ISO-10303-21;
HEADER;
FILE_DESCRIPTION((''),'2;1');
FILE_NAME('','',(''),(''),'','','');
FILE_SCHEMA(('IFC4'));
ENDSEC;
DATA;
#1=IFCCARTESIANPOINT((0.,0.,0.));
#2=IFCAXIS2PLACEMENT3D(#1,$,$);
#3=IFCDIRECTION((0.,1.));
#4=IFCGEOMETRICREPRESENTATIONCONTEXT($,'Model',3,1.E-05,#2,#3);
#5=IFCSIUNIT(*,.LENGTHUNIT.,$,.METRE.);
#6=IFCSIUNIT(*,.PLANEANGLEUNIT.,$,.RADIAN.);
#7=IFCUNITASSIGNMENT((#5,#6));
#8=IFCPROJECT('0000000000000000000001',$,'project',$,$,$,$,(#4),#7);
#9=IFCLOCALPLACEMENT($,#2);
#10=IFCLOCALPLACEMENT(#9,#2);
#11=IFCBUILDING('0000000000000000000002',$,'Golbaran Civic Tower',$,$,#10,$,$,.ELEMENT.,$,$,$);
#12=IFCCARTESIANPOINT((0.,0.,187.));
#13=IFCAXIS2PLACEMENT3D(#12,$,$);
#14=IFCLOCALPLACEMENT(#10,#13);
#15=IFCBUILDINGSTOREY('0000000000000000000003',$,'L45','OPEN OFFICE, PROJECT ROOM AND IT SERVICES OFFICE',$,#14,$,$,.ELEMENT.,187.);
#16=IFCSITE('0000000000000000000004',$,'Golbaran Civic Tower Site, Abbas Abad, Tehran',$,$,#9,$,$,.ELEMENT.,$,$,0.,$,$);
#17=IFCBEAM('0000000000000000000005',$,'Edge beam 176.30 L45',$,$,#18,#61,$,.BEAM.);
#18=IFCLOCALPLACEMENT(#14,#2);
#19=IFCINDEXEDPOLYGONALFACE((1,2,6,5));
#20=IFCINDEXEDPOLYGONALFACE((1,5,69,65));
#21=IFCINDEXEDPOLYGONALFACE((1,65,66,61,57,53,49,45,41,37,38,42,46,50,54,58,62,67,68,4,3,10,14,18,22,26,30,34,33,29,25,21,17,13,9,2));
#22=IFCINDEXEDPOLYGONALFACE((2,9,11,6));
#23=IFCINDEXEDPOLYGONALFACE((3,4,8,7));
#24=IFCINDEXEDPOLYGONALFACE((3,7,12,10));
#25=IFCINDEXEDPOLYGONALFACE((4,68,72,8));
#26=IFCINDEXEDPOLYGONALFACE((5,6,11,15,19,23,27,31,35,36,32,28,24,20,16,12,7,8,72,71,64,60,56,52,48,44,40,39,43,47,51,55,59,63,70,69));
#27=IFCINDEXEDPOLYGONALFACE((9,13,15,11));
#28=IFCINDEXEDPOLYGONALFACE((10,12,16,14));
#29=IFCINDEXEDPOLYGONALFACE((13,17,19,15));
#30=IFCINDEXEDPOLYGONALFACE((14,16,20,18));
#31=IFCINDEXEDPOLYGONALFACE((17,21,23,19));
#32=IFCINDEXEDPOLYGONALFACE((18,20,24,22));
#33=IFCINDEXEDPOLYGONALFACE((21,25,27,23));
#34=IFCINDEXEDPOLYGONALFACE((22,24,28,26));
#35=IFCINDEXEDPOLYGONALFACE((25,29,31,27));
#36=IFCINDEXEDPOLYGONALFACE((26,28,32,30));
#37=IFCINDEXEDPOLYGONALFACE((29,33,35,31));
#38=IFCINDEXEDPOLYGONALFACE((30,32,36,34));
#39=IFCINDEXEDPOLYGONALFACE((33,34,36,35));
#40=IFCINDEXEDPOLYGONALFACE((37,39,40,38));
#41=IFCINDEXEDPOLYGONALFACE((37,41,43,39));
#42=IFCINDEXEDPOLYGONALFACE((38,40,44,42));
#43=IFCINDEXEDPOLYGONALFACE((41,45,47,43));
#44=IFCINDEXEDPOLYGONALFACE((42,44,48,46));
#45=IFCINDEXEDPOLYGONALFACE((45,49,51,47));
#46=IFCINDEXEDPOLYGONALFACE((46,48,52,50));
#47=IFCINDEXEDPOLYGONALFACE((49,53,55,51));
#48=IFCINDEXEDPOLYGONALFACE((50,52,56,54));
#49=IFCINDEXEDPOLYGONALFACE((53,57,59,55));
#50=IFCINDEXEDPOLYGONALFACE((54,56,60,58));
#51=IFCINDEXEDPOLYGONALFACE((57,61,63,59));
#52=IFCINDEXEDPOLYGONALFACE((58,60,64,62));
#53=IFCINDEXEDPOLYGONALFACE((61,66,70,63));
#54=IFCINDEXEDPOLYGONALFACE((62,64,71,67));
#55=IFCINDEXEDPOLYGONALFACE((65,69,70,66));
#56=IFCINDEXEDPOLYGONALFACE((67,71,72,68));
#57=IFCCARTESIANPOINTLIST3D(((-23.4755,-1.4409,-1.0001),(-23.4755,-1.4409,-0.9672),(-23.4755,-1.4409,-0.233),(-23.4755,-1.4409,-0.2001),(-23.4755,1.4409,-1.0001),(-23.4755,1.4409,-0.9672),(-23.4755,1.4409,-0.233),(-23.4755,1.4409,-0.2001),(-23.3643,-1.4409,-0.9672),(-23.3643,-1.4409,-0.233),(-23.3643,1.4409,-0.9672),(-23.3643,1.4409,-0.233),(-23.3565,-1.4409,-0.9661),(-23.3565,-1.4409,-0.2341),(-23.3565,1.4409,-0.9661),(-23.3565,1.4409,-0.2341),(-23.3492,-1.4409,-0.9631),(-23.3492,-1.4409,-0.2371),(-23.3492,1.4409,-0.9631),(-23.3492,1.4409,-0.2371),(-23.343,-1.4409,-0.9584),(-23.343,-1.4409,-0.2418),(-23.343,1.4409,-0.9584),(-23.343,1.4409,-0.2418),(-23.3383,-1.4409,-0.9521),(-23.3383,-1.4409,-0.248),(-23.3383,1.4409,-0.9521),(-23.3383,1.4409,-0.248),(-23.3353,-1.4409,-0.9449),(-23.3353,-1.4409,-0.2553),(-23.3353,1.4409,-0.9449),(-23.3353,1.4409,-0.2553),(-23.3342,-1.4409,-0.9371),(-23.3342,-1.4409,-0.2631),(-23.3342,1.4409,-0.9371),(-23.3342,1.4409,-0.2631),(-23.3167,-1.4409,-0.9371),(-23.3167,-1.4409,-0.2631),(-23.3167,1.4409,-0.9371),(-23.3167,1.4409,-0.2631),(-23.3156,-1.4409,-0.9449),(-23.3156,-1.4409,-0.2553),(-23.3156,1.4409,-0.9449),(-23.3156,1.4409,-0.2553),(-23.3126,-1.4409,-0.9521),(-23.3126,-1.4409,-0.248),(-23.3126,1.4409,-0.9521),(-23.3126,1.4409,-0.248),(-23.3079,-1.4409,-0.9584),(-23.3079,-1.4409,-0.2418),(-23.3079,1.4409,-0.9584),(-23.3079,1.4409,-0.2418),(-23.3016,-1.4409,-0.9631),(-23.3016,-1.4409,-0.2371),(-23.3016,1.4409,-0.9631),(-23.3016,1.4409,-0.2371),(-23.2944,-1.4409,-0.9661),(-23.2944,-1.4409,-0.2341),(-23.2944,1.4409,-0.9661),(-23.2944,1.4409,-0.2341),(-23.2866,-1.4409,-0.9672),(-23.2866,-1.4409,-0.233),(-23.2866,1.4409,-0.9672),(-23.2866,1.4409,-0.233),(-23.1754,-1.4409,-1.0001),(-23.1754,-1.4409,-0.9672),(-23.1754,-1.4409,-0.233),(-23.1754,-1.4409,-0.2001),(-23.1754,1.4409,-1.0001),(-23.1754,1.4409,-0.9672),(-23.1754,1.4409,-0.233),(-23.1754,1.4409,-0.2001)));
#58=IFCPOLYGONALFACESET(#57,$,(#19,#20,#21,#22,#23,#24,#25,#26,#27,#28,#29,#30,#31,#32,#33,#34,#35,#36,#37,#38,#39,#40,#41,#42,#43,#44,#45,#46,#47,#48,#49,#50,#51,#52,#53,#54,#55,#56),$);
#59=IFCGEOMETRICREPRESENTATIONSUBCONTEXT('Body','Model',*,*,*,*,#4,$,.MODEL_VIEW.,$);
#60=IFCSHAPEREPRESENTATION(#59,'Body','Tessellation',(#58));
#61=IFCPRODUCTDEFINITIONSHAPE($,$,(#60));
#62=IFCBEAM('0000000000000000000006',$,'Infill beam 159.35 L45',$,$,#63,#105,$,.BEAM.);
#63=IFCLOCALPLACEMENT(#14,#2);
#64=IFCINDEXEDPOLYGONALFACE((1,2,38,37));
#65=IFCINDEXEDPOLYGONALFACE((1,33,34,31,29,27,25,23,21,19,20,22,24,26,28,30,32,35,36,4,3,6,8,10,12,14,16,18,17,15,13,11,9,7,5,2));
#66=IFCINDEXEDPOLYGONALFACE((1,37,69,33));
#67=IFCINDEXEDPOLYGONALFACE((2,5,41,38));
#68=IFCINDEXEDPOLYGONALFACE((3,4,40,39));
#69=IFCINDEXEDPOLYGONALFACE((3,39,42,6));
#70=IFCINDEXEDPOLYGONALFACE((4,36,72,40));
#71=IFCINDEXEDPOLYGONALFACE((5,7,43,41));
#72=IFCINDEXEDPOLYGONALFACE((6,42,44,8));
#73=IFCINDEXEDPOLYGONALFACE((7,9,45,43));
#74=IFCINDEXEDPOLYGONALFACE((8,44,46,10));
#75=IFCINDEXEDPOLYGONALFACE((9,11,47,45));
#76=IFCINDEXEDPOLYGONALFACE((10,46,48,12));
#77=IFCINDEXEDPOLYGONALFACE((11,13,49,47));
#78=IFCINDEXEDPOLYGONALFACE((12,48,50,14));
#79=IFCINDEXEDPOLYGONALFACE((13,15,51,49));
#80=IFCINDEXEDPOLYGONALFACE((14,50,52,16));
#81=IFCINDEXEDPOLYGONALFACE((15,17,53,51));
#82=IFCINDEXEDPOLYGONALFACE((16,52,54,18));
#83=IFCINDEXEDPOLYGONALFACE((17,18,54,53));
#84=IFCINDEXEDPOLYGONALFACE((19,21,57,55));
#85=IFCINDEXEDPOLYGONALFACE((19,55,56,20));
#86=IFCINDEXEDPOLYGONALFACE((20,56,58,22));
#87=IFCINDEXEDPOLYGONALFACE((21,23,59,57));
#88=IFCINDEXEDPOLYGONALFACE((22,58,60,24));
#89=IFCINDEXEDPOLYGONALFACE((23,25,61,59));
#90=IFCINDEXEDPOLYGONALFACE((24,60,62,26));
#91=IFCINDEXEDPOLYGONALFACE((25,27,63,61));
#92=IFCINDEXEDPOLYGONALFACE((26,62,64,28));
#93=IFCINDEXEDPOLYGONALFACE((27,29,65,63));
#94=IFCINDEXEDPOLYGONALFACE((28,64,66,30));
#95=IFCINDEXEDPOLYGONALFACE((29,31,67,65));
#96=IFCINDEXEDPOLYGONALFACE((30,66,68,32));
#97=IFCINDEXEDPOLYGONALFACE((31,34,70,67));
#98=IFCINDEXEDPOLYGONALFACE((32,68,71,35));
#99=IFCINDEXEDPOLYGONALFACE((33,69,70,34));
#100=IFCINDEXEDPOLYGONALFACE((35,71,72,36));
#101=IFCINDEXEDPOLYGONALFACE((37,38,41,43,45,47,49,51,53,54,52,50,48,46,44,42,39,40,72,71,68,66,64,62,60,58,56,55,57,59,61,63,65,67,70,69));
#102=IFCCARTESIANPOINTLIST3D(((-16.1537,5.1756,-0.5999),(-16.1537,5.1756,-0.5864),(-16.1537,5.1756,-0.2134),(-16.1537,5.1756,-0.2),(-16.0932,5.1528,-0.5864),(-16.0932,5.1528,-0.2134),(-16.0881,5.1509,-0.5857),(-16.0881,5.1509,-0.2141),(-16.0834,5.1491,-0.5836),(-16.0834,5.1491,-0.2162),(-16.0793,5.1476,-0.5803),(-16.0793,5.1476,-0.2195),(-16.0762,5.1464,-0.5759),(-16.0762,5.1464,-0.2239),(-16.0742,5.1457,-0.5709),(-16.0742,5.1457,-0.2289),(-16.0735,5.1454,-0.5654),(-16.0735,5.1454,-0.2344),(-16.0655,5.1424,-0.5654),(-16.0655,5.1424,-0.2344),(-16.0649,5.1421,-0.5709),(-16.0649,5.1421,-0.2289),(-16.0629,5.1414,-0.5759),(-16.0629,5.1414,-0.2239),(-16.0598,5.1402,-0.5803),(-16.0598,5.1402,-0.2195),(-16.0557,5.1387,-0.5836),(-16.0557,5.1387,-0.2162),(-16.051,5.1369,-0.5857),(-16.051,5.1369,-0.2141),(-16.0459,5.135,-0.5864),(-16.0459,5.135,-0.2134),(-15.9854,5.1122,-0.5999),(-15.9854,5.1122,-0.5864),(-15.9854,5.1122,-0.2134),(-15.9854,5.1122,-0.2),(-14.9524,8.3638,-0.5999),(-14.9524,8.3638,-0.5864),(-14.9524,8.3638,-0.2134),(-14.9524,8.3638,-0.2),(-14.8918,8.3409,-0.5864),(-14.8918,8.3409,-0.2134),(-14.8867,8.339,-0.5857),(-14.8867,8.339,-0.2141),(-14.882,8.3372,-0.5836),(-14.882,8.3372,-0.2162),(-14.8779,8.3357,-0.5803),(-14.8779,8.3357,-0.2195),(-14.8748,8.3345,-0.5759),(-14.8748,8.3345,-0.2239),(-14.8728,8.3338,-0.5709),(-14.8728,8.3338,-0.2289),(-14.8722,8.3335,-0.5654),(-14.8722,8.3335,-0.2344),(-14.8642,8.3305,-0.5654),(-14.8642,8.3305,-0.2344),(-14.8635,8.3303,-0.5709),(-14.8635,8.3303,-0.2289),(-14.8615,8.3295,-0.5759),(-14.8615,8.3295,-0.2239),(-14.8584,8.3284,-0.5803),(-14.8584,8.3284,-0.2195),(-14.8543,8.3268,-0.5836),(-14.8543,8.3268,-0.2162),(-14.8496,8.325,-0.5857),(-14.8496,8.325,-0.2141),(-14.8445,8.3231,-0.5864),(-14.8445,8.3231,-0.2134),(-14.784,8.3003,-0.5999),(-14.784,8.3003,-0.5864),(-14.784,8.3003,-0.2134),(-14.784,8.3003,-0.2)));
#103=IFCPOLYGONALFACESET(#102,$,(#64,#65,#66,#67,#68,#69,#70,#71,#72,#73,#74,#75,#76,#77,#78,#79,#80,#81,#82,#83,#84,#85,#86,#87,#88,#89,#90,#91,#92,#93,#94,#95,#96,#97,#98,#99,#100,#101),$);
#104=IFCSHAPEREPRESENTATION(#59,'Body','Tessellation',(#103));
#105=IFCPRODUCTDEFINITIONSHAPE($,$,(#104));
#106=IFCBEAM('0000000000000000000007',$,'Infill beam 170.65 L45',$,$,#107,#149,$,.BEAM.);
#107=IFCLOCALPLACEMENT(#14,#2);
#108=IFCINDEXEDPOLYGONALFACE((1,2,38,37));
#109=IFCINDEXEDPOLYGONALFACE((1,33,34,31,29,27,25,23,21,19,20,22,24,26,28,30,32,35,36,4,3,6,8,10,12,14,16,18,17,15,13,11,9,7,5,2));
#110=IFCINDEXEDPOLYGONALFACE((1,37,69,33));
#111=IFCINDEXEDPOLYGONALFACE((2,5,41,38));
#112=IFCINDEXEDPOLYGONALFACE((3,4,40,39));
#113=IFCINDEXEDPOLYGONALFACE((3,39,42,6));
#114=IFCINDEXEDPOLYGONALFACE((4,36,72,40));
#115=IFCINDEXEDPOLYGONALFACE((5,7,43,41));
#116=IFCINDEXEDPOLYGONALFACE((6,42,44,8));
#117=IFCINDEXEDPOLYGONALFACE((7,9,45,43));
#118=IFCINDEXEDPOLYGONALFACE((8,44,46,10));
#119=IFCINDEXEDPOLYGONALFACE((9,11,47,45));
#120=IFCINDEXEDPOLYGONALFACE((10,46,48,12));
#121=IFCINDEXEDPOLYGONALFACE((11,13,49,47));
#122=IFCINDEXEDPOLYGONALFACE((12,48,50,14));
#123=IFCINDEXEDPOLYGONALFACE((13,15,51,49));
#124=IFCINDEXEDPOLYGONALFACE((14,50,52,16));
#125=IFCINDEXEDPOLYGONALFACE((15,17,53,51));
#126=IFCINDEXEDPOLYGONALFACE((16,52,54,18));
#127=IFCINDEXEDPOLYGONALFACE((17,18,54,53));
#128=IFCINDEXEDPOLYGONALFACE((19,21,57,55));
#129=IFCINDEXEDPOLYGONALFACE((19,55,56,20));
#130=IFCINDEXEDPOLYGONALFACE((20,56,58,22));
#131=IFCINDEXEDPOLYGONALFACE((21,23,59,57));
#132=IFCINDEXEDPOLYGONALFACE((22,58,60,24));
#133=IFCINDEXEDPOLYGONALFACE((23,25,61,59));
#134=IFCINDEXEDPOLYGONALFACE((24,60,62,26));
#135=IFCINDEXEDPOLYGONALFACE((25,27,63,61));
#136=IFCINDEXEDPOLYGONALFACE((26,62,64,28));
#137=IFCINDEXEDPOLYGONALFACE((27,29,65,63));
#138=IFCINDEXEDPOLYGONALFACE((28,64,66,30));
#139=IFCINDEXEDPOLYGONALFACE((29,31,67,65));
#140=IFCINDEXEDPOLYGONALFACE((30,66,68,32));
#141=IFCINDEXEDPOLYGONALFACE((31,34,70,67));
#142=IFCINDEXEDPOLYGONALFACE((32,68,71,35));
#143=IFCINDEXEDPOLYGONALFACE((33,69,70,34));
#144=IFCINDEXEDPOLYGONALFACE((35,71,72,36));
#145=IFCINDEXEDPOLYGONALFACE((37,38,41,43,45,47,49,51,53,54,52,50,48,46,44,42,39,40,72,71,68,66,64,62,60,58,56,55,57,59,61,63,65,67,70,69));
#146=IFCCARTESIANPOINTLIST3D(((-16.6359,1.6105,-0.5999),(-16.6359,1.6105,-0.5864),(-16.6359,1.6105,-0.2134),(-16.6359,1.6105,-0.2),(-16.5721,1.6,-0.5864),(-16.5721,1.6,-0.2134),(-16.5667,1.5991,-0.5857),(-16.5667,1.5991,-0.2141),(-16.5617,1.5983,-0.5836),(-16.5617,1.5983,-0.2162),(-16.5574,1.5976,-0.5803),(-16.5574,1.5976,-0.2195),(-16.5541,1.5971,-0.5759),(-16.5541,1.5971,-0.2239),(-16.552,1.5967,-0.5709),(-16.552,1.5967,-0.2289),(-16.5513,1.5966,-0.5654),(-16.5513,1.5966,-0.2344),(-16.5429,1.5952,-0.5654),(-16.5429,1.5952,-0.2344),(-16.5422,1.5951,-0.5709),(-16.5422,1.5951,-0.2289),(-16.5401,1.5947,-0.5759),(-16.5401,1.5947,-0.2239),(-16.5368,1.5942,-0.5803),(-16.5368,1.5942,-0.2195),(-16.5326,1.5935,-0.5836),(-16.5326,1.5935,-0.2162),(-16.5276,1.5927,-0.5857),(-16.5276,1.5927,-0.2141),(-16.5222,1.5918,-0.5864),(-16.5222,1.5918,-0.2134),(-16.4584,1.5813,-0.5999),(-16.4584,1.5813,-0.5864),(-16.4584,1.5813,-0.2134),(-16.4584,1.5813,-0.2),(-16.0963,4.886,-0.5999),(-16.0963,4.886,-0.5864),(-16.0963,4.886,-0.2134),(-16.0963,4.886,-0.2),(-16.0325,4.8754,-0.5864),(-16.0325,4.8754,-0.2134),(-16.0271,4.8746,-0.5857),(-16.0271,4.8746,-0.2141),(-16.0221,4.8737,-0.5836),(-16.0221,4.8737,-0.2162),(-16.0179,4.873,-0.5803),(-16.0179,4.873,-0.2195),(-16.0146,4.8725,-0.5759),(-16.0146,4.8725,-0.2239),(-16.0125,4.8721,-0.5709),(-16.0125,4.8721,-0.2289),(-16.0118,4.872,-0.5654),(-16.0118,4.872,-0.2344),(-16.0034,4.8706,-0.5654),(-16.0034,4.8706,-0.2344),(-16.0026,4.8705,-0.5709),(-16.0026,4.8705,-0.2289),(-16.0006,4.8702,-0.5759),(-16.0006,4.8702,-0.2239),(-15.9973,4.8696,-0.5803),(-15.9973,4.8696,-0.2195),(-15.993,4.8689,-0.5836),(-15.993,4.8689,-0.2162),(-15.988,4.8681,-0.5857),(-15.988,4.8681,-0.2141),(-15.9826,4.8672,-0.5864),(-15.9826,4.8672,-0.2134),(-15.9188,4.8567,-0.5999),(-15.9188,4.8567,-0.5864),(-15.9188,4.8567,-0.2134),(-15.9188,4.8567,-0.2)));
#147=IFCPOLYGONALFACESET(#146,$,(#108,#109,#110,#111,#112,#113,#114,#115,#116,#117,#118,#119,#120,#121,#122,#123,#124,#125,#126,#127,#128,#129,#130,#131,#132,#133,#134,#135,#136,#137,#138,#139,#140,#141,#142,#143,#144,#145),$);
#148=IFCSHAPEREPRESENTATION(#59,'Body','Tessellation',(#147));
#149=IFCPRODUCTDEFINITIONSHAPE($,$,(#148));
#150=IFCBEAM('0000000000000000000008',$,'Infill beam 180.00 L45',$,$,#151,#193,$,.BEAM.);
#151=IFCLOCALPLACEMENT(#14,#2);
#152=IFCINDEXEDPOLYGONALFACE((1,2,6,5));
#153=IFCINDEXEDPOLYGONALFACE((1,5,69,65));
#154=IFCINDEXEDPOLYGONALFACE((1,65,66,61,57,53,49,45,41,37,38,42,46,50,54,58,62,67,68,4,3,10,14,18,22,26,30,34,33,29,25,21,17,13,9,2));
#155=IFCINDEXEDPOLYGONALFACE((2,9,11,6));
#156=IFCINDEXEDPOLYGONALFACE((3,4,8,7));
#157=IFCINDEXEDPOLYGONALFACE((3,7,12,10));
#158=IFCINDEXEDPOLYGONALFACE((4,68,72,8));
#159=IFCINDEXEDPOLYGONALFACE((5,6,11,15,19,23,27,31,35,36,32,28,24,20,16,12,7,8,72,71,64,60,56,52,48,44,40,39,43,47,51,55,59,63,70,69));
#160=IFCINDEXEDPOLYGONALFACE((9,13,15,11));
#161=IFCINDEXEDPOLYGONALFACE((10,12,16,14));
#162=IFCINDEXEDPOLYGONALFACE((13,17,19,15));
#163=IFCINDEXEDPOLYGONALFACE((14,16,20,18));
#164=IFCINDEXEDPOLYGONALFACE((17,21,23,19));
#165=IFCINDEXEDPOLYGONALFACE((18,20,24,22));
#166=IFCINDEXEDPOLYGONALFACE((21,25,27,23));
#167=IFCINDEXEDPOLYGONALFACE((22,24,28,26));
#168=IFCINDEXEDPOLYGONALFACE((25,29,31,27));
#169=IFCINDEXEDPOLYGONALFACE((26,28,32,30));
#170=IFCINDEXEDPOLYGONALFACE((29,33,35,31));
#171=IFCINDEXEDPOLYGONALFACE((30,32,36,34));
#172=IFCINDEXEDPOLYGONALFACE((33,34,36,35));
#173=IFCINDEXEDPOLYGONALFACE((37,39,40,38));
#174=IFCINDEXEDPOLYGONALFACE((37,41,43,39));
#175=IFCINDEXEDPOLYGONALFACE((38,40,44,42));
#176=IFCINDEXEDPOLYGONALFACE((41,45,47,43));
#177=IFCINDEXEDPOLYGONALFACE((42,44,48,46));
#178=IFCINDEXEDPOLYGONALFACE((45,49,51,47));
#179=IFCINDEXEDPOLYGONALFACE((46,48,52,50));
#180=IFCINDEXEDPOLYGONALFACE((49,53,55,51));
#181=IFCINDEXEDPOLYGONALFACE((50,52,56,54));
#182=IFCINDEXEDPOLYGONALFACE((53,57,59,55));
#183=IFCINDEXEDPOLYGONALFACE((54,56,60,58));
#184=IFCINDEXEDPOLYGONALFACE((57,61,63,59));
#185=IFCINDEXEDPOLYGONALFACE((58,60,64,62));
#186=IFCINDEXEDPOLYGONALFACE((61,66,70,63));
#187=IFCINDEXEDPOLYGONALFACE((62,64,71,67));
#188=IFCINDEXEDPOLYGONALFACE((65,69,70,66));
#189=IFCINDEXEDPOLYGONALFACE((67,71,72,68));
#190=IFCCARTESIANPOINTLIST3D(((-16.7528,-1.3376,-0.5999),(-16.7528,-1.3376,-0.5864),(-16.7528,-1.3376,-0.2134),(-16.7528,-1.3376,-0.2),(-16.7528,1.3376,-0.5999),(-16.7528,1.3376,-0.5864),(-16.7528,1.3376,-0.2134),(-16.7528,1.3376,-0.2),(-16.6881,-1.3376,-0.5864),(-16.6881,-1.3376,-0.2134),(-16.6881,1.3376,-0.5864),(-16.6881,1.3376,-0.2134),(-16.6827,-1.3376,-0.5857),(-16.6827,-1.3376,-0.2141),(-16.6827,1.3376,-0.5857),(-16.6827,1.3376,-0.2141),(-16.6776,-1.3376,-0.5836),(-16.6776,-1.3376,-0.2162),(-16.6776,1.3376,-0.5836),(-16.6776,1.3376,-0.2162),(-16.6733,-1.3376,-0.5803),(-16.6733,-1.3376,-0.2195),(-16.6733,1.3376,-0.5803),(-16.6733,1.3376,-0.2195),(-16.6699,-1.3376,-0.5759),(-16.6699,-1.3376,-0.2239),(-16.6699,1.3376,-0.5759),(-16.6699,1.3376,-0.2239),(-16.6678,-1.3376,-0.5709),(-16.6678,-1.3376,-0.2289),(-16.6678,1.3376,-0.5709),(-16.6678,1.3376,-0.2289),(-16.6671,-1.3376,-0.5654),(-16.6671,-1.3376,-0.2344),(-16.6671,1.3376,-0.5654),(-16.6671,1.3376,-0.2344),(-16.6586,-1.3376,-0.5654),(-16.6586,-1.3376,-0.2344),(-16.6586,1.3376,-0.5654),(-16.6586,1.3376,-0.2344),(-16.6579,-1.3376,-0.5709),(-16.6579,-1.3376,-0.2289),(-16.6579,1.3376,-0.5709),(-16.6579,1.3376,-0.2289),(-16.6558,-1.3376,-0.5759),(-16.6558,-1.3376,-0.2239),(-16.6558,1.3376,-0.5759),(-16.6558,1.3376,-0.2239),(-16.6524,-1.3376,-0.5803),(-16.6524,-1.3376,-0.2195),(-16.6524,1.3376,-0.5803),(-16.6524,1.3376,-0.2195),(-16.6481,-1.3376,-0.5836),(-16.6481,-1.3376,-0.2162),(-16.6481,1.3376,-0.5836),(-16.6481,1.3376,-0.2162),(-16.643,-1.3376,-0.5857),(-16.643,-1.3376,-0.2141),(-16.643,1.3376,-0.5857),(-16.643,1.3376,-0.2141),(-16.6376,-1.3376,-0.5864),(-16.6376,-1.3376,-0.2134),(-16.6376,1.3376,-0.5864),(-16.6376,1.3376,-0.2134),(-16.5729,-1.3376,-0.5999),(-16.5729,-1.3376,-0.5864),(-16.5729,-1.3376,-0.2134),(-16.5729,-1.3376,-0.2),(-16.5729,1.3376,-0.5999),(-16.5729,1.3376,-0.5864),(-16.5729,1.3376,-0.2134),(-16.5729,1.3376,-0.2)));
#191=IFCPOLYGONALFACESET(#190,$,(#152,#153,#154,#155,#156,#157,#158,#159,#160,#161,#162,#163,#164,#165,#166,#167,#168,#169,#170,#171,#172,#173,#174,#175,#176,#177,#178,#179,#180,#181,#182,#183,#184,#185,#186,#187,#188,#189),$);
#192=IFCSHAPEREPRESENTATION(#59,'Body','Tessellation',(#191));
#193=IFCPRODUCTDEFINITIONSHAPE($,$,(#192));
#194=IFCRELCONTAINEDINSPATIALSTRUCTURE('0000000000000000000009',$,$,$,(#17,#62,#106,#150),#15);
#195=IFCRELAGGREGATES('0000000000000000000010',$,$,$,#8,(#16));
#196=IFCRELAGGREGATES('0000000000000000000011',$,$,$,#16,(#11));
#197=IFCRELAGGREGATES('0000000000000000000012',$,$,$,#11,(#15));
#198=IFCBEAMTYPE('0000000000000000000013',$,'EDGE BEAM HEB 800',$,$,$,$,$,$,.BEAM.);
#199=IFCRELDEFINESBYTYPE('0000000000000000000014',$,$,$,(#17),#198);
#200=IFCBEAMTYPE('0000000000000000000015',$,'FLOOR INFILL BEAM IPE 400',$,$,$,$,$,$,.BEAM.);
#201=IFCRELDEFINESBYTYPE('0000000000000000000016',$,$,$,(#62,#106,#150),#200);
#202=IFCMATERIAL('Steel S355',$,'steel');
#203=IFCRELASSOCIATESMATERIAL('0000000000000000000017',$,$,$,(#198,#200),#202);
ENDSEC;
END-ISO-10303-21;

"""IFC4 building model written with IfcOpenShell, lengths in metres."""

from ifc_helpers import new_model, si_unit, direction, frame, origin, origin_2d, place, context, subcontext, project, spatial, i_section, extrude, material, material_profile, profile_set, type_object, element, save


model = new_model("IFC4")

# Units and contexts
model_context = context("Model", 3, precision=1e-05, world=origin(), true_north=direction((0.0, 1.0)))
body_context = subcontext(model_context, "Body", "Model", "MODEL_VIEW")
ifc_project = project(units=[si_unit("LENGTHUNIT", "METRE"), si_unit("PLANEANGLEUNIT", "RADIAN")], contexts=[model_context])

# Site, building, storey
site_placement = place(None, origin())
site = spatial("IfcSite", under=ifc_project, at=site_placement, Name="Golbaran Civic Tower Site, Abbas Abad, Tehran", CompositionType="ELEMENT", RefElevation=0.0)
building_placement = place(site_placement, origin())
building = spatial("IfcBuilding", under=site, at=building_placement, Name="Golbaran Civic Tower", CompositionType="ELEMENT")
storey_placement = place(building_placement, frame((0.0, 0.0, 187.0)))
storey = spatial("IfcBuildingStorey", under=building, at=storey_placement, Name="L45", Description="OPEN OFFICE, PROJECT ROOM AND IT SERVICES OFFICE", CompositionType="ELEMENT", Elevation=187.0)

# Beams
ifc_material_1 = material(Name="Steel S355", Category="steel")
ifc_material_profile_1 = material_profile(ifc_material_1, i_section(OverallWidth=0.3, OverallDepth=0.8, WebThickness=0.0176, FlangeThickness=0.033, FilletRadius=0.03, at=origin_2d()), Name="HEB 800")
ifc_profile_set_1 = profile_set([ifc_material_profile_1], Name="Steel S355")
beam_type_1 = type_object("IfcBeamType", Name="EDGE BEAM HEB 800", PredefinedType="BEAM", material=ifc_profile_set_1)
beam_1_placement = place(storey_placement, frame((-23.3254, 1.4409, -0.6001), z_axis=(0.0, -1.0, 0.0), x_axis=(1.0, 0.0, 0.0)))
element("IfcBeam", 1, at=beam_1_placement, inside=storey, type_object=beam_type_1, Name="Edge beam 176.30 L45", PredefinedType="BEAM", context=body_context, shape_type="SweptSolid", body=[
    extrude(i_section(OverallWidth=0.3, OverallDepth=0.8, WebThickness=0.0176, FlangeThickness=0.033, FilletRadius=0.03, at=origin_2d()), origin(), (0.0, 0.0, 1.0), 2.8818),
])
ifc_material_profile_2 = material_profile(ifc_material_1, i_section(OverallWidth=0.1799, OverallDepth=0.3999, WebThickness=0.0085, FlangeThickness=0.0134, FilletRadius=0.021, at=origin_2d()), Name="IPE 400")
ifc_profile_set_2 = profile_set([ifc_material_profile_2], Name="Steel S355")
beam_type_2 = type_object("IfcBeamType", Name="FLOOR INFILL BEAM IPE 400", PredefinedType="BEAM", material=ifc_profile_set_2)
beam_2_placement = place(storey_placement, frame((-14.8682, 8.332, -0.3999), z_axis=(-0.352623, -0.935766, 0.0), x_axis=(0.935766, -0.352623, 0.0)))
element("IfcBeam", 2, at=beam_2_placement, inside=storey, type_object=beam_type_2, Name="Infill beam 159.35 L45", PredefinedType="BEAM", context=body_context, shape_type="SweptSolid", body=[
    extrude(i_section(OverallWidth=0.1799, OverallDepth=0.3999, WebThickness=0.0085, FlangeThickness=0.0134, FilletRadius=0.021, at=origin_2d()), origin(), (0.0, 0.0, 1.0), 3.407),
])
beam_3_placement = place(storey_placement, frame((-16.0076, 4.8713, -0.3999), z_axis=(-0.162538, -0.986702, 0.0), x_axis=(0.986702, -0.162538, 0.0)))
element("IfcBeam", 3, at=beam_3_placement, inside=storey, type_object=beam_type_2, Name="Infill beam 170.65 L45", PredefinedType="BEAM", context=body_context, shape_type="SweptSolid", body=[
    extrude(i_section(OverallWidth=0.1799, OverallDepth=0.3999, WebThickness=0.0085, FlangeThickness=0.0134, FilletRadius=0.021, at=origin_2d()), origin(), (0.0, 0.0, 1.0), 3.3196),
])
beam_4_placement = place(storey_placement, frame((-16.6628, 1.3376, -0.3999), z_axis=(0.0, -1.0, 0.0), x_axis=(1.0, 0.0, 0.0)))
element("IfcBeam", 4, at=beam_4_placement, inside=storey, type_object=beam_type_2, Name="Infill beam 180.00 L45", PredefinedType="BEAM", context=body_context, shape_type="SweptSolid", body=[
    extrude(i_section(OverallWidth=0.1799, OverallDepth=0.3999, WebThickness=0.0085, FlangeThickness=0.0134, FilletRadius=0.021, at=origin_2d()), origin(), (0.0, 0.0, 1.0), 2.6753),
])

save(model, "model.ifc")
